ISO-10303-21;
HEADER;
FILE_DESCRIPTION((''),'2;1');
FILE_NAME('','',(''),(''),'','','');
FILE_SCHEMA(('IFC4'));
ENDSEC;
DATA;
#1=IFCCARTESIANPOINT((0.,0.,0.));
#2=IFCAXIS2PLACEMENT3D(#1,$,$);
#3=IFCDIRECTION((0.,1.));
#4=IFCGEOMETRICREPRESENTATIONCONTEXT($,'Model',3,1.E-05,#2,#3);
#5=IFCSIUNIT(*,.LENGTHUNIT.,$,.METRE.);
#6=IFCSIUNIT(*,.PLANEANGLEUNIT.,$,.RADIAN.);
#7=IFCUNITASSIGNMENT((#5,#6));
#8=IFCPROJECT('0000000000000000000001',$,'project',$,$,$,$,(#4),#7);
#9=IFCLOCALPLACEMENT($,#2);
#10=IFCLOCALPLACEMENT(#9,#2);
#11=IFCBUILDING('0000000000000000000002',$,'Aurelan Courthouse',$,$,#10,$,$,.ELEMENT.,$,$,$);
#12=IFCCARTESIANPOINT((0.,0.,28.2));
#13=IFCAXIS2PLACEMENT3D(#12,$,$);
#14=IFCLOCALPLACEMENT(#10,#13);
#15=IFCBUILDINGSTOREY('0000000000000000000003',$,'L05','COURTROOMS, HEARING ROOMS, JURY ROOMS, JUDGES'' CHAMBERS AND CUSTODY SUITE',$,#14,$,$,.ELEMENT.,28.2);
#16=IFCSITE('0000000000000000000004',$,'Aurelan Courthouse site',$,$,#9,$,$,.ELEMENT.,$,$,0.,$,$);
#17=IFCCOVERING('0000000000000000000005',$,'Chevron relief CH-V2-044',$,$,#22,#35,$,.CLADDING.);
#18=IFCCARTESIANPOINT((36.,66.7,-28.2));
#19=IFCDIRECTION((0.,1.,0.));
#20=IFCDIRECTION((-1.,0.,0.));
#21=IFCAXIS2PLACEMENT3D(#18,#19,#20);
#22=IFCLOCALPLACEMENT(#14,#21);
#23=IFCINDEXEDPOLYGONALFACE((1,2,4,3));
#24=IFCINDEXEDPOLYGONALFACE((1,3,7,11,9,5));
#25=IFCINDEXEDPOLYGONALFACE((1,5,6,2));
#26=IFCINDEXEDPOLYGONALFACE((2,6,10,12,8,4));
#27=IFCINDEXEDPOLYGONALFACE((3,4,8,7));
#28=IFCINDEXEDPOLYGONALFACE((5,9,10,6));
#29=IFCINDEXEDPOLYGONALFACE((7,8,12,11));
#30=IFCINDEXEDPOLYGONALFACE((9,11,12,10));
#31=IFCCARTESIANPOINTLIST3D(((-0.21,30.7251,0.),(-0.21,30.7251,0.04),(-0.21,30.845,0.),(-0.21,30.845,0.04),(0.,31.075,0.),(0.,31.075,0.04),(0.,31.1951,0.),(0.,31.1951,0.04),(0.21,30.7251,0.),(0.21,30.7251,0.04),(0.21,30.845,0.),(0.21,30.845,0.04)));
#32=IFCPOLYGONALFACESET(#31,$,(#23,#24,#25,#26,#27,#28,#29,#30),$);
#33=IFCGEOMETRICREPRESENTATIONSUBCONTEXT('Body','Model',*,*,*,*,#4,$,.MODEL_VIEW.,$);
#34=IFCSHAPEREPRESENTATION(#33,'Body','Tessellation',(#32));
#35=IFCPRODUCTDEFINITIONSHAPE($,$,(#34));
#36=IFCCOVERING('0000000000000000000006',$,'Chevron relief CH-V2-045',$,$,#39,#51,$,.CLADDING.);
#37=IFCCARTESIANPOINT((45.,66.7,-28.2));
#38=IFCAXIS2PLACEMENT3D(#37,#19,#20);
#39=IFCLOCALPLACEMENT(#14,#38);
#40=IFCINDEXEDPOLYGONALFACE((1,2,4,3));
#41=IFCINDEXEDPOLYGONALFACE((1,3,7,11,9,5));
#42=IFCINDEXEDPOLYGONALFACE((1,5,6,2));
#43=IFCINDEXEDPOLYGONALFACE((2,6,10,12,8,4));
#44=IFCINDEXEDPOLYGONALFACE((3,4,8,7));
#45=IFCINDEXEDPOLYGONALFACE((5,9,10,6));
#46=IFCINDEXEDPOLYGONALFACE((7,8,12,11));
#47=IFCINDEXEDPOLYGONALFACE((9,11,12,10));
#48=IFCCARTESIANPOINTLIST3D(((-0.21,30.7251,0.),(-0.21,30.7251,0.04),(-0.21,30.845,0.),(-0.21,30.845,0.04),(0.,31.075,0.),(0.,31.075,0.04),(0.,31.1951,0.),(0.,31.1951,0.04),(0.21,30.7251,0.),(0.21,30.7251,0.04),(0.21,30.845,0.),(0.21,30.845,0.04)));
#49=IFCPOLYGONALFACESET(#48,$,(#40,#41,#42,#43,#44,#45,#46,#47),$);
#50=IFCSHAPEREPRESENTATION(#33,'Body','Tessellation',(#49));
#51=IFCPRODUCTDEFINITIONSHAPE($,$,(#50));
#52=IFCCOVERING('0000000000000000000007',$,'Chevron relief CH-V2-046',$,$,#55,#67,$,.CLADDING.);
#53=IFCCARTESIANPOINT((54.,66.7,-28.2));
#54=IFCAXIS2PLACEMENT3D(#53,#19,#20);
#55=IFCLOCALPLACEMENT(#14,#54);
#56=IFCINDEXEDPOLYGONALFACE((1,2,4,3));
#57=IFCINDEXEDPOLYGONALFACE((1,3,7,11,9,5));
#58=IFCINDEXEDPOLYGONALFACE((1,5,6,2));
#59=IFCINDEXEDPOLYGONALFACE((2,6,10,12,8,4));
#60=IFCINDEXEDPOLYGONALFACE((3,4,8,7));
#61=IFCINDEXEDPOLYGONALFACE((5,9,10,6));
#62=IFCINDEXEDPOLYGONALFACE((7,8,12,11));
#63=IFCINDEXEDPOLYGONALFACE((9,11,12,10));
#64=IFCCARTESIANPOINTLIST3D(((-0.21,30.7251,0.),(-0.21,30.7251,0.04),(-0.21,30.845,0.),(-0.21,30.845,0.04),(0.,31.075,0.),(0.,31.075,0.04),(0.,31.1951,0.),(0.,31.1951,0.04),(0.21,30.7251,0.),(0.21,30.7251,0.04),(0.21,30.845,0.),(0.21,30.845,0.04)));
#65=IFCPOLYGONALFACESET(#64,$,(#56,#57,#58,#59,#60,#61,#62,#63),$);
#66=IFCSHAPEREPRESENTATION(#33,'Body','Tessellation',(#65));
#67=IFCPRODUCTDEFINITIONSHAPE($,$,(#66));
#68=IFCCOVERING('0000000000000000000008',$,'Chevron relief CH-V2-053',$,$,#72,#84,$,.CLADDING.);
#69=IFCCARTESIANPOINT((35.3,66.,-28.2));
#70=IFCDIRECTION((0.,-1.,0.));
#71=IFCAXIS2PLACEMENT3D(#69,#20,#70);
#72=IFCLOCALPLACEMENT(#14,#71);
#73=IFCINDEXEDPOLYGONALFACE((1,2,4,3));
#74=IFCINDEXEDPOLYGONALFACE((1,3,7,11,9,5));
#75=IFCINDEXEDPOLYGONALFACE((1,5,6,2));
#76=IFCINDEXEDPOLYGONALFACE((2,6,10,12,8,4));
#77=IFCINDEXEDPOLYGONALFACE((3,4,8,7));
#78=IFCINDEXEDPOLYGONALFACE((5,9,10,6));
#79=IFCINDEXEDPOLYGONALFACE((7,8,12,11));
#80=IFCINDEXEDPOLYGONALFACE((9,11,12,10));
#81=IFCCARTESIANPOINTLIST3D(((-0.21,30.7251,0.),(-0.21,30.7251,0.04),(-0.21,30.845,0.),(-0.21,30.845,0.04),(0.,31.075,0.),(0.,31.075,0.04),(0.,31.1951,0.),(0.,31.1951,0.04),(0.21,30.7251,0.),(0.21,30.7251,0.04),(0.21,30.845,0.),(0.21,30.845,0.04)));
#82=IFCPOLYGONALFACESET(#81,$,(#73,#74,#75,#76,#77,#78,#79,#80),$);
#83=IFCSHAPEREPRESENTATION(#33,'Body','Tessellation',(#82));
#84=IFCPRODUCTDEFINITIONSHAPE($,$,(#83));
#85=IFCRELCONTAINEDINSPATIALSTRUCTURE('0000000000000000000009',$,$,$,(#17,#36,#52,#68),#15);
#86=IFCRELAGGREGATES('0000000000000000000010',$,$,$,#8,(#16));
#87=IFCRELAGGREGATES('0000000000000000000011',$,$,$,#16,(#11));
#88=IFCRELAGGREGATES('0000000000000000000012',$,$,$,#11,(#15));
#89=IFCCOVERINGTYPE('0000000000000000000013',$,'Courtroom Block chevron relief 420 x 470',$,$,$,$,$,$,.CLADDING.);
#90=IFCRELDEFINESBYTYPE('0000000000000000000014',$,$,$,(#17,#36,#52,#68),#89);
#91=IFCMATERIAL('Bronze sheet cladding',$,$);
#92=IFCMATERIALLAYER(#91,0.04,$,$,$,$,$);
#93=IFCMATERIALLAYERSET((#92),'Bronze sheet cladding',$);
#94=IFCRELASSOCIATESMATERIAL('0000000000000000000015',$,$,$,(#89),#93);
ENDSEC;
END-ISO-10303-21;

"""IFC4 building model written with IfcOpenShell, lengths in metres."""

from ifc_helpers import new_model, si_unit, direction, frame, origin, place, context, subcontext, project, spatial, polyline, outline, extrude, material, layer, layer_set, type_object, element, save


model = new_model("IFC4")

# Units and contexts
model_context = context("Model", 3, precision=1e-05, world=origin(), true_north=direction((0.0, 1.0)))
body_context = subcontext(model_context, "Body", "Model", "MODEL_VIEW")
ifc_project = project(units=[si_unit("LENGTHUNIT", "METRE"), si_unit("PLANEANGLEUNIT", "RADIAN")], contexts=[model_context])

# Site, building, storey
site_placement = place(None, origin())
site = spatial("IfcSite", under=ifc_project, at=site_placement, Name="Aurelan Courthouse site", CompositionType="ELEMENT", RefElevation=0.0)
building_placement = place(site_placement, origin())
building = spatial("IfcBuilding", under=site, at=building_placement, Name="Aurelan Courthouse", CompositionType="ELEMENT")
storey_placement = place(building_placement, frame((0.0, 0.0, 28.2)))
storey = spatial("IfcBuildingStorey", under=building, at=storey_placement, Name="L05", Description="COURTROOMS, HEARING ROOMS, JURY ROOMS, JUDGES' CHAMBERS AND CUSTODY SUITE", CompositionType="ELEMENT", Elevation=28.2)

# Coverings
ifc_material_1 = material(Name="Bronze sheet cladding")
ifc_layer_1 = layer(ifc_material_1, 0.04)
ifc_layer_set_1 = layer_set([ifc_layer_1], Name="Bronze sheet cladding")
covering_type = type_object("IfcCoveringType", Name="Courtroom Block chevron relief 420 x 470", PredefinedType="CLADDING", material=ifc_layer_set_1)
for number, where, z_axis, x_axis, name in (
    (1, (36.0, 66.7, -28.2), (0.0, 1.0, 0.0), (-1.0, 0.0, 0.0), "Chevron relief CH-V2-044"),
    (2, (45.0, 66.7, -28.2), (0.0, 1.0, 0.0), (-1.0, 0.0, 0.0), "Chevron relief CH-V2-045"),
    (3, (54.0, 66.7, -28.2), (0.0, 1.0, 0.0), (-1.0, 0.0, 0.0), "Chevron relief CH-V2-046"),
    (4, (35.3, 66.0, -28.2), (-1.0, 0.0, 0.0), (0.0, -1.0, 0.0), "Chevron relief CH-V2-053"),
):
    element("IfcCovering", number, at=place(storey_placement, frame(where, z_axis=z_axis, x_axis=x_axis)), inside=storey, type_object=covering_type, Name=name, PredefinedType="CLADDING", context=body_context, shape_type="SweptSolid", body=[
        extrude(outline(polyline([(-0.21, 30.7251), (0.0, 31.075), (0.21, 30.7251), (0.21, 30.845), (0.0, 31.1951), (-0.21, 30.845), (-0.21, 30.7251)])), origin(), (0.0, 0.0, 1.0), 0.04),
    ])

save(model, "model.ifc")
